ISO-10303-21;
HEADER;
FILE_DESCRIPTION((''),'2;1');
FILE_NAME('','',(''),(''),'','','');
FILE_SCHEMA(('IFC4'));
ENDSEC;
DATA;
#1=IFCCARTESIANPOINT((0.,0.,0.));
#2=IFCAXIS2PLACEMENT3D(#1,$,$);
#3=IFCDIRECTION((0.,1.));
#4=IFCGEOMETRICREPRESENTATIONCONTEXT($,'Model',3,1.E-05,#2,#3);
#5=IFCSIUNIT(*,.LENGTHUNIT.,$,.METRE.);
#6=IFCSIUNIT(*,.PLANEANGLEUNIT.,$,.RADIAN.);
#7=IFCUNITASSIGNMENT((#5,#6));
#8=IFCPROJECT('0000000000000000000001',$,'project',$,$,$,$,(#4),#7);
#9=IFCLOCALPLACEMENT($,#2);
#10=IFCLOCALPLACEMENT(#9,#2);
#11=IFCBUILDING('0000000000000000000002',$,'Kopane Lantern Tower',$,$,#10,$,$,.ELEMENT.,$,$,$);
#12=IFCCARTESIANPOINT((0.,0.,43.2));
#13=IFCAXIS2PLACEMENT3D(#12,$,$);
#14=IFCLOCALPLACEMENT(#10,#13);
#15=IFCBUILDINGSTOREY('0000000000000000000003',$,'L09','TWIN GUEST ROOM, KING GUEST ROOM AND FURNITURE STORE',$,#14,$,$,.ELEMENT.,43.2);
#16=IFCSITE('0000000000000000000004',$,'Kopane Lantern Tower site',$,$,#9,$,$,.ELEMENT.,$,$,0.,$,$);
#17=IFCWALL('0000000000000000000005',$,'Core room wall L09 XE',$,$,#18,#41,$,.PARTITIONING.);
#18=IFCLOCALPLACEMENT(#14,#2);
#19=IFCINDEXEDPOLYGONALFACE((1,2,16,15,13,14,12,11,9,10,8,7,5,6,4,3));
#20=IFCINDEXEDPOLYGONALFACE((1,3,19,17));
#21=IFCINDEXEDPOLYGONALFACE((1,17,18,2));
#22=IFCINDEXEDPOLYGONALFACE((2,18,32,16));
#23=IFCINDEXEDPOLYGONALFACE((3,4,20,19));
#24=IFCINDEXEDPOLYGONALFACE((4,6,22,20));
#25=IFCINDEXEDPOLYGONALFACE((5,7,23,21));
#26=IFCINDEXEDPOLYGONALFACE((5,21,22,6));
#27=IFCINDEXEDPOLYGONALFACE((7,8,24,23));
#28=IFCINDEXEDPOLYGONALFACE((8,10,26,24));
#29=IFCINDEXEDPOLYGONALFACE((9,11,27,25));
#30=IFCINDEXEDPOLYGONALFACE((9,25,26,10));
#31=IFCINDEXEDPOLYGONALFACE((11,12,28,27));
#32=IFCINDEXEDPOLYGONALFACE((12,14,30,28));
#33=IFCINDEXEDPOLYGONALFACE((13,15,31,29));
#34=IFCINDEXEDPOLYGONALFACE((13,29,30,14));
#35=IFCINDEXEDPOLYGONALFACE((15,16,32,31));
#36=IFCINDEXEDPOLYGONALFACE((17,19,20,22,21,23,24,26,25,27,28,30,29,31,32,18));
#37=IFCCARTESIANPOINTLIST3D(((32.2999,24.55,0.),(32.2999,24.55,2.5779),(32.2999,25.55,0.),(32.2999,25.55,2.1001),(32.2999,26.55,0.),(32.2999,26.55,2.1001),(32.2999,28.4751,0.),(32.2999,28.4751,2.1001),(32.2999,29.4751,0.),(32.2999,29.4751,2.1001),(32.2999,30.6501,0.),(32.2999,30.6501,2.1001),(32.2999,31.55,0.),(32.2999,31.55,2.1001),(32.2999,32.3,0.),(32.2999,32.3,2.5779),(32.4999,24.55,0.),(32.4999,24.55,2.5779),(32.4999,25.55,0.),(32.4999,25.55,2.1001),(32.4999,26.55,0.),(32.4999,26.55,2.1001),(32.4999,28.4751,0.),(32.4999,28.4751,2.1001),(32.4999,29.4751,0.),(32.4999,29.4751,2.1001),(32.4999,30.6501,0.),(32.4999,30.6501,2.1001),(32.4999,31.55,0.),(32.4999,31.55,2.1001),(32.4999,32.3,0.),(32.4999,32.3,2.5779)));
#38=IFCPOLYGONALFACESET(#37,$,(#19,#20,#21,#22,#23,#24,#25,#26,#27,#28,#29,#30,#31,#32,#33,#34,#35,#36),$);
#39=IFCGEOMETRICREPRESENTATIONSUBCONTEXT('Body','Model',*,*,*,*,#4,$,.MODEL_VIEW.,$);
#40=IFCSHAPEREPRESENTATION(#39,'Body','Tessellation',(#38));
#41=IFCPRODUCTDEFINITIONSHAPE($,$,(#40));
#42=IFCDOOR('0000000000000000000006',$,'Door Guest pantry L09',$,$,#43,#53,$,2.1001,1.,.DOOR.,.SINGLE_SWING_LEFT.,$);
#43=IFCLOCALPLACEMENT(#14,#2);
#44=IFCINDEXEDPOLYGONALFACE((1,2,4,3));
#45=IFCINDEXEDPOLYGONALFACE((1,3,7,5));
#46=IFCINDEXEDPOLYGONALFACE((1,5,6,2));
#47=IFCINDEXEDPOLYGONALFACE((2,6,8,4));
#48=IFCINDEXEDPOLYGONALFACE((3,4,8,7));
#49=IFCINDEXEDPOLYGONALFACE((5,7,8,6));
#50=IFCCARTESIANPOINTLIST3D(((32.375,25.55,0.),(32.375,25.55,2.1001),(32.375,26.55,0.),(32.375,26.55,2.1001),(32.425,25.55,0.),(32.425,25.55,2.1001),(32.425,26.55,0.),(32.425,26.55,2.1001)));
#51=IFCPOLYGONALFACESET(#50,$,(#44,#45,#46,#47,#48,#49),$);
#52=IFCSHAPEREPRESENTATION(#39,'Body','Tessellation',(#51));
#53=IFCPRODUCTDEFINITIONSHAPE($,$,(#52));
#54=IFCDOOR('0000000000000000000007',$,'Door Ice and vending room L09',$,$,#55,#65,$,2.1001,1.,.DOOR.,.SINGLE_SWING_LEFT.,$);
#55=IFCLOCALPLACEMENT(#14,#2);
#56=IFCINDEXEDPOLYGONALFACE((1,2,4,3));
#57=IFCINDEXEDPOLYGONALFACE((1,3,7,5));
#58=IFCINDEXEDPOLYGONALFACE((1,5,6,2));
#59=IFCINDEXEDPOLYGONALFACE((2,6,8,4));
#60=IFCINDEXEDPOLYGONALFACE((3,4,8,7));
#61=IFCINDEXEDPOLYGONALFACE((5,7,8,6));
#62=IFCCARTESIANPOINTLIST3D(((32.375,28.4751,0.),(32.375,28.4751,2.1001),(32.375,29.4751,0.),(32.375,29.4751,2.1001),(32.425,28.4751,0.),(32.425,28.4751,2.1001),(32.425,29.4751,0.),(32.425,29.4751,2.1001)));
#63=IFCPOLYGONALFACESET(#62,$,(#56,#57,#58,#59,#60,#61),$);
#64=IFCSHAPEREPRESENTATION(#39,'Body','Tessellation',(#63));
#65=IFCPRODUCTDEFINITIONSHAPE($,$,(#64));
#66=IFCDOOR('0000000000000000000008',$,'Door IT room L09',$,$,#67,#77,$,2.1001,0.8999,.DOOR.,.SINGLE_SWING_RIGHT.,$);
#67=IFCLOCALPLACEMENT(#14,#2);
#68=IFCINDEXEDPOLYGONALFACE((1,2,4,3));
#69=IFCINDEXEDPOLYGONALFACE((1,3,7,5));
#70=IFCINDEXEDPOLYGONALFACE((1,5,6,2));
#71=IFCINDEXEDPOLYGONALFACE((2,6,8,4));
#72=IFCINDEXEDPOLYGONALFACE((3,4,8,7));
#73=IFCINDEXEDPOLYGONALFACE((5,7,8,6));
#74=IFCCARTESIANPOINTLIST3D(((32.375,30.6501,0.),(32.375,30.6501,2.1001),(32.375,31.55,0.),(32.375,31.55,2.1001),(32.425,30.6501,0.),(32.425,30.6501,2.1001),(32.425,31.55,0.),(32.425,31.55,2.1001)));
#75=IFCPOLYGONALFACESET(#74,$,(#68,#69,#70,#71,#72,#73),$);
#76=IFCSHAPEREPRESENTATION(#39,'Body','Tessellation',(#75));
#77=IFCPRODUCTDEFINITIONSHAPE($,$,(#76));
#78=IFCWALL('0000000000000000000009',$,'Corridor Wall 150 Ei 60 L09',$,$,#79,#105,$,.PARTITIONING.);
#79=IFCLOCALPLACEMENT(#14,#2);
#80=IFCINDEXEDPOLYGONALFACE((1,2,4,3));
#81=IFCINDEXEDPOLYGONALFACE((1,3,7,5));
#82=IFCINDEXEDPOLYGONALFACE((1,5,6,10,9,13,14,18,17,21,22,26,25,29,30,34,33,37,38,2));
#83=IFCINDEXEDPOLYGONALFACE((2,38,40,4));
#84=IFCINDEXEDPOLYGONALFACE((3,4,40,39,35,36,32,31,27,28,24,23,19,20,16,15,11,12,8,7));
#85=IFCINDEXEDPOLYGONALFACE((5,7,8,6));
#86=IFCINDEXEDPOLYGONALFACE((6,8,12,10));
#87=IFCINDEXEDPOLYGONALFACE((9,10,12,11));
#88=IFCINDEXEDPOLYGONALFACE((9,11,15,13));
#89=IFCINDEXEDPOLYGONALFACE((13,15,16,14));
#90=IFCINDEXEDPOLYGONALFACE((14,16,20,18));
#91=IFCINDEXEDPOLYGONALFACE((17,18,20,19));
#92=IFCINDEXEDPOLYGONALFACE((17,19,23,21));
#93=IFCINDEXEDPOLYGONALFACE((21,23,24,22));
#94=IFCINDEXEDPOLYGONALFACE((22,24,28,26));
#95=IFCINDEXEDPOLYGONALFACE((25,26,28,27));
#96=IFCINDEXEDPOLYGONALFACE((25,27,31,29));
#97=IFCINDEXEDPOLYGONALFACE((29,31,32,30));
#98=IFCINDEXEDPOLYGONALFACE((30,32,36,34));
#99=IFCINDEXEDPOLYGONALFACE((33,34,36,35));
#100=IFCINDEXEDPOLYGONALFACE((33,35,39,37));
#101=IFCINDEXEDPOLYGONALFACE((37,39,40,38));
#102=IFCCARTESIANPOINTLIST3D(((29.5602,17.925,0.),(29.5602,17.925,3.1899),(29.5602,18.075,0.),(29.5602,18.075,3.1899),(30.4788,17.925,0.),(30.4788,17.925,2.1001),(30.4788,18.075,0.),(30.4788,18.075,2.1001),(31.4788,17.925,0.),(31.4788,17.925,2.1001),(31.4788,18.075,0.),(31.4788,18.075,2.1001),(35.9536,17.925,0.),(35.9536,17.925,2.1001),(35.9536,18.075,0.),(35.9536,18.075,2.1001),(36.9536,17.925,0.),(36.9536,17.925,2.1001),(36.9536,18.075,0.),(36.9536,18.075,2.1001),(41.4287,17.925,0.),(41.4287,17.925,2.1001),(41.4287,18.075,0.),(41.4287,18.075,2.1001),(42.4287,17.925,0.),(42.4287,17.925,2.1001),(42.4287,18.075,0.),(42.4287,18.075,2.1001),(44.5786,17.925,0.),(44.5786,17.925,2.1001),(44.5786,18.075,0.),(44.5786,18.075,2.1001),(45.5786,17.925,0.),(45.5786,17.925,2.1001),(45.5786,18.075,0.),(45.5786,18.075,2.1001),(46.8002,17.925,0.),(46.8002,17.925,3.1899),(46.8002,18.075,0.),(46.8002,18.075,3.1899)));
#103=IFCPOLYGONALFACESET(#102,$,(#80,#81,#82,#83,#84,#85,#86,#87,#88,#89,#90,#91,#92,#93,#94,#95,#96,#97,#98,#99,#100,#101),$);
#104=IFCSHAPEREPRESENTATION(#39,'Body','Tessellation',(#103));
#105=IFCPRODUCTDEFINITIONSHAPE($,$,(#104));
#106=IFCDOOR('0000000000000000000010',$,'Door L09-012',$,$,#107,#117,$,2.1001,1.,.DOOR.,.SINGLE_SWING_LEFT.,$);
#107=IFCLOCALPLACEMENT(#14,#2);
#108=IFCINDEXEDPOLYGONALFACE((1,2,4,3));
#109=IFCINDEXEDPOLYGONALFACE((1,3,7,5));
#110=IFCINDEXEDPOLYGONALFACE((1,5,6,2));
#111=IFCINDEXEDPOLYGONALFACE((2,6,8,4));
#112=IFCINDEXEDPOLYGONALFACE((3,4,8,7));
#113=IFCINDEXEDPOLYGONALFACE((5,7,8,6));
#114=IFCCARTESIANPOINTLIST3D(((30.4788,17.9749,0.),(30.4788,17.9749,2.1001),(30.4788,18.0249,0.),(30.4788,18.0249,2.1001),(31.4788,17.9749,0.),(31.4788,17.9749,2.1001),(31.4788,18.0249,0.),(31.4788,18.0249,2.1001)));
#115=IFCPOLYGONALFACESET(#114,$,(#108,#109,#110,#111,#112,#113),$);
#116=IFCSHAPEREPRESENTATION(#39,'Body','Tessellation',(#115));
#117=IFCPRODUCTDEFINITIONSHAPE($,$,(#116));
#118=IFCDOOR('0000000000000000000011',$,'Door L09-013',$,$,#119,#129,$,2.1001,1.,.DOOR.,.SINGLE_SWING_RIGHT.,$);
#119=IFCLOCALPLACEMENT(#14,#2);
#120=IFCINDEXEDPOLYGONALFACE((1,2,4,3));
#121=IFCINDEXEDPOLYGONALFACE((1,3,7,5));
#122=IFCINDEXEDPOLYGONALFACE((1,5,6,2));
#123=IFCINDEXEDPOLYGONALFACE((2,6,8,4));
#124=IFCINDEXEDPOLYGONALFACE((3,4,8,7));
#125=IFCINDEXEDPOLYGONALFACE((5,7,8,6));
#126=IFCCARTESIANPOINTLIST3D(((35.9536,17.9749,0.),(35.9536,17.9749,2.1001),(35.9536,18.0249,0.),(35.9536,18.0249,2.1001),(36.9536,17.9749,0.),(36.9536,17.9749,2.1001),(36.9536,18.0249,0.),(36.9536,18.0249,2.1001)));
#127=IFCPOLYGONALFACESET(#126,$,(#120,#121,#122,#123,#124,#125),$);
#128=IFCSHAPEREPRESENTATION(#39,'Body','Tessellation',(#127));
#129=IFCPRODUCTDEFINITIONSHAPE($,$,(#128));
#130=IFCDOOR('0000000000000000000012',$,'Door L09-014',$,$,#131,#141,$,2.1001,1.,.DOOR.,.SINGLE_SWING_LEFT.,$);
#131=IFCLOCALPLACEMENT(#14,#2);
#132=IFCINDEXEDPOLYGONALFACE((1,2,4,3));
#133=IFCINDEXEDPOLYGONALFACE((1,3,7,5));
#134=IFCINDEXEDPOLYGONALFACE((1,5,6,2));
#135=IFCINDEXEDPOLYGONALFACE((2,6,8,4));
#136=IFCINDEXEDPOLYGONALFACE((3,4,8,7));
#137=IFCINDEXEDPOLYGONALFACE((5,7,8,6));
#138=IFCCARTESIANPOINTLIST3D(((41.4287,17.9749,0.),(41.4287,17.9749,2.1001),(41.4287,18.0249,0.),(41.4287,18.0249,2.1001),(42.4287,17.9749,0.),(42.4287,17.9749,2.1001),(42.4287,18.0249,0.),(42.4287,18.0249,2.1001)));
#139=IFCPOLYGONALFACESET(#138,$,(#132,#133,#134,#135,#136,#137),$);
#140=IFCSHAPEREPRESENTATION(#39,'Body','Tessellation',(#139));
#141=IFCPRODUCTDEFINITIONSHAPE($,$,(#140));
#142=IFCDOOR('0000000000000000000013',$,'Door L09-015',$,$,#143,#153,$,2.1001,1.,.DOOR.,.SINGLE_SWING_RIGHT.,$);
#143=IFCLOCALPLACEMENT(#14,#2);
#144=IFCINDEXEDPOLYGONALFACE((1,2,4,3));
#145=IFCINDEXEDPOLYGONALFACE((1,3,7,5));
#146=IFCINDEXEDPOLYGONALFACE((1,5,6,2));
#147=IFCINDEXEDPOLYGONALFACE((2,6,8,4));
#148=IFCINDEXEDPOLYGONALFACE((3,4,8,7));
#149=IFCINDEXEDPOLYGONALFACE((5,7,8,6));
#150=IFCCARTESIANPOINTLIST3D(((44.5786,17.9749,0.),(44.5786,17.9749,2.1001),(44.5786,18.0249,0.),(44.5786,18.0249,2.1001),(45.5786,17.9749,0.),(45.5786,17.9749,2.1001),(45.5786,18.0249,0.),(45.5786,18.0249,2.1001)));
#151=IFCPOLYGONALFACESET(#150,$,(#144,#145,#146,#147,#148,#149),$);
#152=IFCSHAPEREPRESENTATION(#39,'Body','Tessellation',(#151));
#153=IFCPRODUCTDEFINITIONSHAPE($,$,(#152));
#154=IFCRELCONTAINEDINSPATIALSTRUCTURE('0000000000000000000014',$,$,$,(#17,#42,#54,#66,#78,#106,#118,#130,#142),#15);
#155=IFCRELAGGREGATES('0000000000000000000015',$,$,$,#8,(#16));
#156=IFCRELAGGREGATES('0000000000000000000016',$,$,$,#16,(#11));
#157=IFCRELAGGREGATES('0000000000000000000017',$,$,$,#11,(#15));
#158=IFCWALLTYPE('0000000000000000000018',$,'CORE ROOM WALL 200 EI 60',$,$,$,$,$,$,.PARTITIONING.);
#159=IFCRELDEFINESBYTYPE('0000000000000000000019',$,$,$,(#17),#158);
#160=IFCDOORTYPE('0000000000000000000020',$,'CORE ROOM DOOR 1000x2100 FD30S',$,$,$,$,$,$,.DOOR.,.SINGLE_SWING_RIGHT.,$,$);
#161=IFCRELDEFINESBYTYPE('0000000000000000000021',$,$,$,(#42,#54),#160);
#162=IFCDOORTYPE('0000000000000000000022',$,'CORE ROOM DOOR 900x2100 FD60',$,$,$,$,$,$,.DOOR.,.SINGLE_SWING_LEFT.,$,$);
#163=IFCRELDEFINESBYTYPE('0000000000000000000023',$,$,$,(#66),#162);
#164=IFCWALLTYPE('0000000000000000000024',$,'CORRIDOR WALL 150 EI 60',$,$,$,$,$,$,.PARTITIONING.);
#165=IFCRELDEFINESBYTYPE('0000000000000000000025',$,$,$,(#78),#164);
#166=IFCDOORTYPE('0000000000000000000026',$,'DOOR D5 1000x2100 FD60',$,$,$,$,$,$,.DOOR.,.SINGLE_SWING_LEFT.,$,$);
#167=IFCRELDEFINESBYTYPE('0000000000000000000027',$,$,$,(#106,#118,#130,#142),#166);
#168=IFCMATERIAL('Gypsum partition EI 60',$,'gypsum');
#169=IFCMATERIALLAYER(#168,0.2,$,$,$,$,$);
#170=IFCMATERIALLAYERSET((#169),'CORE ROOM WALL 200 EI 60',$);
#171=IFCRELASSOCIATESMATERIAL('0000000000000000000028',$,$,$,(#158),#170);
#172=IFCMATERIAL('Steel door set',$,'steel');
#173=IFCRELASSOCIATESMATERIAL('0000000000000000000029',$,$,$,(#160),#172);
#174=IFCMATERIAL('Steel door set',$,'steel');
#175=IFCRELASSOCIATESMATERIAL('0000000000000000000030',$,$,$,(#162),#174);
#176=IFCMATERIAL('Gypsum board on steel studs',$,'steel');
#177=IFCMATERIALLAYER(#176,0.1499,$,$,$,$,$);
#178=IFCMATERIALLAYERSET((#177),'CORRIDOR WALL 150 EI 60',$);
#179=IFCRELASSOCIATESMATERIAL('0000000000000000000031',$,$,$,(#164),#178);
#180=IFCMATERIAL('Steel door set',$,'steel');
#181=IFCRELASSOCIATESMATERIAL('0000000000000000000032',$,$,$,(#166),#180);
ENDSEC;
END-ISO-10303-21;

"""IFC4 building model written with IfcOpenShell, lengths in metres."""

from ifc_helpers import new_model, si_unit, direction, frame, frame_2d, origin, place, context, subcontext, project, spatial, rectangle, extrude, material, layer, layer_set, type_object, element, fill, save


model = new_model("IFC4")

# Units and contexts
model_context = context("Model", 3, precision=1e-05, world=origin(), true_north=direction((0.0, 1.0)))
body_context = subcontext(model_context, "Body", "Model", "MODEL_VIEW")
ifc_project = project(units=[si_unit("LENGTHUNIT", "METRE"), si_unit("PLANEANGLEUNIT", "RADIAN")], contexts=[model_context])

# Site, building, storey
site_placement = place(None, origin())
site = spatial("IfcSite", under=ifc_project, at=site_placement, Name="Kopane Lantern Tower site", CompositionType="ELEMENT", RefElevation=0.0)
building_placement = place(site_placement, origin())
building = spatial("IfcBuilding", under=site, at=building_placement, Name="Kopane Lantern Tower", CompositionType="ELEMENT")
storey_placement = place(building_placement, frame((0.0, 0.0, 43.2)))
storey = spatial("IfcBuildingStorey", under=building, at=storey_placement, Name="L09", Description="TWIN GUEST ROOM, KING GUEST ROOM AND FURNITURE STORE", CompositionType="ELEMENT", Elevation=43.2)

# Walls, openings, doors
ifc_material_1 = material(Name="Gypsum partition EI 60", Category="gypsum")
ifc_layer_1 = layer(ifc_material_1, 0.2)
ifc_layer_set_1 = layer_set([ifc_layer_1], Name="CORE ROOM WALL 200 EI 60")
wall_type_1 = type_object("IfcWallType", Name="CORE ROOM WALL 200 EI 60", PredefinedType="PARTITIONING", material=ifc_layer_set_1)
wall_1_placement = place(storey_placement, frame((32.3999, 24.55, 0.0), z_axis=(0.0, 0.0, 1.0), x_axis=(0.0, 1.0, 0.0)))
wall_1 = element("IfcWall", 1, at=wall_1_placement, inside=storey, type_object=wall_type_1, Name="Core room wall L09 XE", PredefinedType="PARTITIONING", context=body_context, shape_type="SweptSolid", body=[
    extrude(rectangle(XDim=7.75, YDim=0.2, at=frame_2d((3.875, 0.0))), origin(), (0.0, 0.0, 1.0), 2.5779),
])
opening_1_placement = place(wall_1_placement, frame((1.0, 0.0, 0.0)))
opening_1 = element("IfcOpeningElement", 2, at=opening_1_placement, cuts=wall_1, PredefinedType="OPENING", context=body_context, shape_type="SweptSolid", body=[
    extrude(rectangle(XDim=1.0, YDim=2.1001, at=frame_2d((0.5, 1.05))), frame((0.0, 0.1099, 0.0), z_axis=(0.0, -1.0, 0.0), x_axis=(1.0, 0.0, 0.0)), (0.0, 0.0, 1.0), 0.22),
])
opening_2_placement = place(wall_1_placement, frame((3.925, 0.0, 0.0)))
opening_2 = element("IfcOpeningElement", 3, at=opening_2_placement, cuts=wall_1, PredefinedType="OPENING", context=body_context, shape_type="SweptSolid", body=[
    extrude(rectangle(XDim=1.0, YDim=2.1001, at=frame_2d((0.5, 1.05))), frame((0.0, 0.1099, 0.0), z_axis=(0.0, -1.0, 0.0), x_axis=(1.0, 0.0, 0.0)), (0.0, 0.0, 1.0), 0.22),
])
opening_3_placement = place(wall_1_placement, frame((6.1001, 0.0, 0.0)))
opening_3 = element("IfcOpeningElement", 4, at=opening_3_placement, cuts=wall_1, PredefinedType="OPENING", context=body_context, shape_type="SweptSolid", body=[
    extrude(rectangle(XDim=0.8999, YDim=2.1001, at=frame_2d((0.45, 1.05))), frame((0.0, 0.1099, 0.0), z_axis=(0.0, -1.0, 0.0), x_axis=(1.0, 0.0, 0.0)), (0.0, 0.0, 1.0), 0.22),
])
ifc_material_2 = material(Name="Steel door set", Category="steel")
door_type_1 = type_object("IfcDoorType", Name="CORE ROOM DOOR 1000x2100 FD30S", OperationType="SINGLE_SWING_RIGHT", PredefinedType="DOOR", material=ifc_material_2)
door_1_placement = place(opening_1_placement, origin())
door_1 = element("IfcDoor", 5, at=door_1_placement, inside=storey, type_object=door_type_1, Name="Door Guest pantry L09", OperationType="SINGLE_SWING_LEFT", OverallHeight=2.1001, OverallWidth=1.0, PredefinedType="DOOR", context=body_context, shape_type="SweptSolid", body=[
    extrude(rectangle(XDim=1.0, YDim=2.1001, at=frame_2d((0.5, 1.05))), frame((0.0, 0.0249, 0.0), z_axis=(0.0, -1.0, 0.0), x_axis=(1.0, 0.0, 0.0)), (0.0, 0.0, 1.0), 0.05),
])
fill(opening_1, door_1)
door_2_placement = place(opening_2_placement, origin())
door_2 = element("IfcDoor", 6, at=door_2_placement, inside=storey, type_object=door_type_1, Name="Door Ice and vending room L09", OperationType="SINGLE_SWING_LEFT", OverallHeight=2.1001, OverallWidth=1.0, PredefinedType="DOOR", context=body_context, shape_type="SweptSolid", body=[
    extrude(rectangle(XDim=1.0, YDim=2.1001, at=frame_2d((0.5, 1.05))), frame((0.0, 0.0249, 0.0), z_axis=(0.0, -1.0, 0.0), x_axis=(1.0, 0.0, 0.0)), (0.0, 0.0, 1.0), 0.05),
])
fill(opening_2, door_2)
ifc_material_3 = material(Name="Steel door set", Category="steel")
door_type_2 = type_object("IfcDoorType", Name="CORE ROOM DOOR 900x2100 FD60", OperationType="SINGLE_SWING_LEFT", PredefinedType="DOOR", material=ifc_material_3)
door_3_placement = place(opening_3_placement, origin())
door_3 = element("IfcDoor", 7, at=door_3_placement, inside=storey, type_object=door_type_2, Name="Door IT room L09", OperationType="SINGLE_SWING_RIGHT", OverallHeight=2.1001, OverallWidth=0.8999, PredefinedType="DOOR", context=body_context, shape_type="SweptSolid", body=[
    extrude(rectangle(XDim=0.8999, YDim=2.1001, at=frame_2d((0.45, 1.05))), frame((0.0, 0.0249, 0.0), z_axis=(0.0, -1.0, 0.0), x_axis=(1.0, 0.0, 0.0)), (0.0, 0.0, 1.0), 0.05),
])
fill(opening_3, door_3)
ifc_material_4 = material(Name="Gypsum board on steel studs", Category="steel")
ifc_layer_2 = layer(ifc_material_4, 0.1499)
ifc_layer_set_2 = layer_set([ifc_layer_2], Name="CORRIDOR WALL 150 EI 60")
wall_type_2 = type_object("IfcWallType", Name="CORRIDOR WALL 150 EI 60", PredefinedType="PARTITIONING", material=ifc_layer_set_2)
wall_2_placement = place(storey_placement, frame((29.5601, 18.0, 0.0), z_axis=(0.0, 0.0, 1.0), x_axis=(1.0, 0.0, 0.0)))
wall_2 = element("IfcWall", 8, at=wall_2_placement, inside=storey, type_object=wall_type_2, Name="Corridor Wall 150 Ei 60 L09", PredefinedType="PARTITIONING", context=body_context, shape_type="SweptSolid", body=[
    extrude(rectangle(XDim=17.24, YDim=0.1499, at=frame_2d((8.6201, 0.0))), origin(), (0.0, 0.0, 1.0), 3.1899),
])
opening_4_placement = place(wall_2_placement, frame((0.9187, 0.0, 0.0)))
opening_4 = element("IfcOpeningElement", 9, at=opening_4_placement, cuts=wall_2, PredefinedType="OPENING", context=body_context, shape_type="SweptSolid", body=[
    extrude(rectangle(XDim=1.0, YDim=2.1001, at=frame_2d((0.5, 1.05))), frame((0.0, 0.085, 0.0), z_axis=(0.0, -1.0, 0.0), x_axis=(1.0, 0.0, 0.0)), (0.0, 0.0, 1.0), 0.1699),
])
opening_5_placement = place(wall_2_placement, frame((6.3936, 0.0, 0.0)))
opening_5 = element("IfcOpeningElement", 10, at=opening_5_placement, cuts=wall_2, PredefinedType="OPENING", context=body_context, shape_type="SweptSolid", body=[
    extrude(rectangle(XDim=1.0, YDim=2.1001, at=frame_2d((0.5, 1.05))), frame((0.0, 0.085, 0.0), z_axis=(0.0, -1.0, 0.0), x_axis=(1.0, 0.0, 0.0)), (0.0, 0.0, 1.0), 0.1699),
])
opening_6_placement = place(wall_2_placement, frame((11.8687, 0.0, 0.0)))
opening_6 = element("IfcOpeningElement", 11, at=opening_6_placement, cuts=wall_2, PredefinedType="OPENING", context=body_context, shape_type="SweptSolid", body=[
    extrude(rectangle(XDim=1.0, YDim=2.1001, at=frame_2d((0.5, 1.05))), frame((0.0, 0.085, 0.0), z_axis=(0.0, -1.0, 0.0), x_axis=(1.0, 0.0, 0.0)), (0.0, 0.0, 1.0), 0.1699),
])
opening_7_placement = place(wall_2_placement, frame((15.0186, 0.0, 0.0)))
opening_7 = element("IfcOpeningElement", 12, at=opening_7_placement, cuts=wall_2, PredefinedType="OPENING", context=body_context, shape_type="SweptSolid", body=[
    extrude(rectangle(XDim=1.0, YDim=2.1001, at=frame_2d((0.5, 1.05))), frame((0.0, 0.085, 0.0), z_axis=(0.0, -1.0, 0.0), x_axis=(1.0, 0.0, 0.0)), (0.0, 0.0, 1.0), 0.1699),
])
ifc_material_5 = material(Name="Steel door set", Category="steel")
door_type_3 = type_object("IfcDoorType", Name="DOOR D5 1000x2100 FD60", OperationType="SINGLE_SWING_LEFT", PredefinedType="DOOR", material=ifc_material_5)
door_4_placement = place(opening_4_placement, origin())
door_4 = element("IfcDoor", 13, at=door_4_placement, inside=storey, type_object=door_type_3, Name="Door L09-012", OperationType="SINGLE_SWING_LEFT", OverallHeight=2.1001, OverallWidth=1.0, PredefinedType="DOOR", context=body_context, shape_type="SweptSolid", body=[
    extrude(rectangle(XDim=1.0, YDim=2.1001, at=frame_2d((0.5, 1.05))), frame((0.0, 0.0249, 0.0), z_axis=(0.0, -1.0, 0.0), x_axis=(1.0, 0.0, 0.0)), (0.0, 0.0, 1.0), 0.05),
])
fill(opening_4, door_4)
door_5_placement = place(opening_5_placement, origin())
door_5 = element("IfcDoor", 14, at=door_5_placement, inside=storey, type_object=door_type_3, Name="Door L09-013", OperationType="SINGLE_SWING_RIGHT", OverallHeight=2.1001, OverallWidth=1.0, PredefinedType="DOOR", context=body_context, shape_type="SweptSolid", body=[
    extrude(rectangle(XDim=1.0, YDim=2.1001, at=frame_2d((0.5, 1.05))), frame((0.0, 0.0249, 0.0), z_axis=(0.0, -1.0, 0.0), x_axis=(1.0, 0.0, 0.0)), (0.0, 0.0, 1.0), 0.05),
])
fill(opening_5, door_5)
door_6_placement = place(opening_6_placement, origin())
door_6 = element("IfcDoor", 15, at=door_6_placement, inside=storey, type_object=door_type_3, Name="Door L09-014", OperationType="SINGLE_SWING_LEFT", OverallHeight=2.1001, OverallWidth=1.0, PredefinedType="DOOR", context=body_context, shape_type="SweptSolid", body=[
    extrude(rectangle(XDim=1.0, YDim=2.1001, at=frame_2d((0.5, 1.05))), frame((0.0, 0.0249, 0.0), z_axis=(0.0, -1.0, 0.0), x_axis=(1.0, 0.0, 0.0)), (0.0, 0.0, 1.0), 0.05),
])
fill(opening_6, door_6)
door_7_placement = place(opening_7_placement, origin())
door_7 = element("IfcDoor", 16, at=door_7_placement, inside=storey, type_object=door_type_3, Name="Door L09-015", OperationType="SINGLE_SWING_RIGHT", OverallHeight=2.1001, OverallWidth=1.0, PredefinedType="DOOR", context=body_context, shape_type="SweptSolid", body=[
    extrude(rectangle(XDim=1.0, YDim=2.1001, at=frame_2d((0.5, 1.05))), frame((0.0, 0.0249, 0.0), z_axis=(0.0, -1.0, 0.0), x_axis=(1.0, 0.0, 0.0)), (0.0, 0.0, 1.0), 0.05),
])
fill(opening_7, door_7)

save(model, "model.ifc")
